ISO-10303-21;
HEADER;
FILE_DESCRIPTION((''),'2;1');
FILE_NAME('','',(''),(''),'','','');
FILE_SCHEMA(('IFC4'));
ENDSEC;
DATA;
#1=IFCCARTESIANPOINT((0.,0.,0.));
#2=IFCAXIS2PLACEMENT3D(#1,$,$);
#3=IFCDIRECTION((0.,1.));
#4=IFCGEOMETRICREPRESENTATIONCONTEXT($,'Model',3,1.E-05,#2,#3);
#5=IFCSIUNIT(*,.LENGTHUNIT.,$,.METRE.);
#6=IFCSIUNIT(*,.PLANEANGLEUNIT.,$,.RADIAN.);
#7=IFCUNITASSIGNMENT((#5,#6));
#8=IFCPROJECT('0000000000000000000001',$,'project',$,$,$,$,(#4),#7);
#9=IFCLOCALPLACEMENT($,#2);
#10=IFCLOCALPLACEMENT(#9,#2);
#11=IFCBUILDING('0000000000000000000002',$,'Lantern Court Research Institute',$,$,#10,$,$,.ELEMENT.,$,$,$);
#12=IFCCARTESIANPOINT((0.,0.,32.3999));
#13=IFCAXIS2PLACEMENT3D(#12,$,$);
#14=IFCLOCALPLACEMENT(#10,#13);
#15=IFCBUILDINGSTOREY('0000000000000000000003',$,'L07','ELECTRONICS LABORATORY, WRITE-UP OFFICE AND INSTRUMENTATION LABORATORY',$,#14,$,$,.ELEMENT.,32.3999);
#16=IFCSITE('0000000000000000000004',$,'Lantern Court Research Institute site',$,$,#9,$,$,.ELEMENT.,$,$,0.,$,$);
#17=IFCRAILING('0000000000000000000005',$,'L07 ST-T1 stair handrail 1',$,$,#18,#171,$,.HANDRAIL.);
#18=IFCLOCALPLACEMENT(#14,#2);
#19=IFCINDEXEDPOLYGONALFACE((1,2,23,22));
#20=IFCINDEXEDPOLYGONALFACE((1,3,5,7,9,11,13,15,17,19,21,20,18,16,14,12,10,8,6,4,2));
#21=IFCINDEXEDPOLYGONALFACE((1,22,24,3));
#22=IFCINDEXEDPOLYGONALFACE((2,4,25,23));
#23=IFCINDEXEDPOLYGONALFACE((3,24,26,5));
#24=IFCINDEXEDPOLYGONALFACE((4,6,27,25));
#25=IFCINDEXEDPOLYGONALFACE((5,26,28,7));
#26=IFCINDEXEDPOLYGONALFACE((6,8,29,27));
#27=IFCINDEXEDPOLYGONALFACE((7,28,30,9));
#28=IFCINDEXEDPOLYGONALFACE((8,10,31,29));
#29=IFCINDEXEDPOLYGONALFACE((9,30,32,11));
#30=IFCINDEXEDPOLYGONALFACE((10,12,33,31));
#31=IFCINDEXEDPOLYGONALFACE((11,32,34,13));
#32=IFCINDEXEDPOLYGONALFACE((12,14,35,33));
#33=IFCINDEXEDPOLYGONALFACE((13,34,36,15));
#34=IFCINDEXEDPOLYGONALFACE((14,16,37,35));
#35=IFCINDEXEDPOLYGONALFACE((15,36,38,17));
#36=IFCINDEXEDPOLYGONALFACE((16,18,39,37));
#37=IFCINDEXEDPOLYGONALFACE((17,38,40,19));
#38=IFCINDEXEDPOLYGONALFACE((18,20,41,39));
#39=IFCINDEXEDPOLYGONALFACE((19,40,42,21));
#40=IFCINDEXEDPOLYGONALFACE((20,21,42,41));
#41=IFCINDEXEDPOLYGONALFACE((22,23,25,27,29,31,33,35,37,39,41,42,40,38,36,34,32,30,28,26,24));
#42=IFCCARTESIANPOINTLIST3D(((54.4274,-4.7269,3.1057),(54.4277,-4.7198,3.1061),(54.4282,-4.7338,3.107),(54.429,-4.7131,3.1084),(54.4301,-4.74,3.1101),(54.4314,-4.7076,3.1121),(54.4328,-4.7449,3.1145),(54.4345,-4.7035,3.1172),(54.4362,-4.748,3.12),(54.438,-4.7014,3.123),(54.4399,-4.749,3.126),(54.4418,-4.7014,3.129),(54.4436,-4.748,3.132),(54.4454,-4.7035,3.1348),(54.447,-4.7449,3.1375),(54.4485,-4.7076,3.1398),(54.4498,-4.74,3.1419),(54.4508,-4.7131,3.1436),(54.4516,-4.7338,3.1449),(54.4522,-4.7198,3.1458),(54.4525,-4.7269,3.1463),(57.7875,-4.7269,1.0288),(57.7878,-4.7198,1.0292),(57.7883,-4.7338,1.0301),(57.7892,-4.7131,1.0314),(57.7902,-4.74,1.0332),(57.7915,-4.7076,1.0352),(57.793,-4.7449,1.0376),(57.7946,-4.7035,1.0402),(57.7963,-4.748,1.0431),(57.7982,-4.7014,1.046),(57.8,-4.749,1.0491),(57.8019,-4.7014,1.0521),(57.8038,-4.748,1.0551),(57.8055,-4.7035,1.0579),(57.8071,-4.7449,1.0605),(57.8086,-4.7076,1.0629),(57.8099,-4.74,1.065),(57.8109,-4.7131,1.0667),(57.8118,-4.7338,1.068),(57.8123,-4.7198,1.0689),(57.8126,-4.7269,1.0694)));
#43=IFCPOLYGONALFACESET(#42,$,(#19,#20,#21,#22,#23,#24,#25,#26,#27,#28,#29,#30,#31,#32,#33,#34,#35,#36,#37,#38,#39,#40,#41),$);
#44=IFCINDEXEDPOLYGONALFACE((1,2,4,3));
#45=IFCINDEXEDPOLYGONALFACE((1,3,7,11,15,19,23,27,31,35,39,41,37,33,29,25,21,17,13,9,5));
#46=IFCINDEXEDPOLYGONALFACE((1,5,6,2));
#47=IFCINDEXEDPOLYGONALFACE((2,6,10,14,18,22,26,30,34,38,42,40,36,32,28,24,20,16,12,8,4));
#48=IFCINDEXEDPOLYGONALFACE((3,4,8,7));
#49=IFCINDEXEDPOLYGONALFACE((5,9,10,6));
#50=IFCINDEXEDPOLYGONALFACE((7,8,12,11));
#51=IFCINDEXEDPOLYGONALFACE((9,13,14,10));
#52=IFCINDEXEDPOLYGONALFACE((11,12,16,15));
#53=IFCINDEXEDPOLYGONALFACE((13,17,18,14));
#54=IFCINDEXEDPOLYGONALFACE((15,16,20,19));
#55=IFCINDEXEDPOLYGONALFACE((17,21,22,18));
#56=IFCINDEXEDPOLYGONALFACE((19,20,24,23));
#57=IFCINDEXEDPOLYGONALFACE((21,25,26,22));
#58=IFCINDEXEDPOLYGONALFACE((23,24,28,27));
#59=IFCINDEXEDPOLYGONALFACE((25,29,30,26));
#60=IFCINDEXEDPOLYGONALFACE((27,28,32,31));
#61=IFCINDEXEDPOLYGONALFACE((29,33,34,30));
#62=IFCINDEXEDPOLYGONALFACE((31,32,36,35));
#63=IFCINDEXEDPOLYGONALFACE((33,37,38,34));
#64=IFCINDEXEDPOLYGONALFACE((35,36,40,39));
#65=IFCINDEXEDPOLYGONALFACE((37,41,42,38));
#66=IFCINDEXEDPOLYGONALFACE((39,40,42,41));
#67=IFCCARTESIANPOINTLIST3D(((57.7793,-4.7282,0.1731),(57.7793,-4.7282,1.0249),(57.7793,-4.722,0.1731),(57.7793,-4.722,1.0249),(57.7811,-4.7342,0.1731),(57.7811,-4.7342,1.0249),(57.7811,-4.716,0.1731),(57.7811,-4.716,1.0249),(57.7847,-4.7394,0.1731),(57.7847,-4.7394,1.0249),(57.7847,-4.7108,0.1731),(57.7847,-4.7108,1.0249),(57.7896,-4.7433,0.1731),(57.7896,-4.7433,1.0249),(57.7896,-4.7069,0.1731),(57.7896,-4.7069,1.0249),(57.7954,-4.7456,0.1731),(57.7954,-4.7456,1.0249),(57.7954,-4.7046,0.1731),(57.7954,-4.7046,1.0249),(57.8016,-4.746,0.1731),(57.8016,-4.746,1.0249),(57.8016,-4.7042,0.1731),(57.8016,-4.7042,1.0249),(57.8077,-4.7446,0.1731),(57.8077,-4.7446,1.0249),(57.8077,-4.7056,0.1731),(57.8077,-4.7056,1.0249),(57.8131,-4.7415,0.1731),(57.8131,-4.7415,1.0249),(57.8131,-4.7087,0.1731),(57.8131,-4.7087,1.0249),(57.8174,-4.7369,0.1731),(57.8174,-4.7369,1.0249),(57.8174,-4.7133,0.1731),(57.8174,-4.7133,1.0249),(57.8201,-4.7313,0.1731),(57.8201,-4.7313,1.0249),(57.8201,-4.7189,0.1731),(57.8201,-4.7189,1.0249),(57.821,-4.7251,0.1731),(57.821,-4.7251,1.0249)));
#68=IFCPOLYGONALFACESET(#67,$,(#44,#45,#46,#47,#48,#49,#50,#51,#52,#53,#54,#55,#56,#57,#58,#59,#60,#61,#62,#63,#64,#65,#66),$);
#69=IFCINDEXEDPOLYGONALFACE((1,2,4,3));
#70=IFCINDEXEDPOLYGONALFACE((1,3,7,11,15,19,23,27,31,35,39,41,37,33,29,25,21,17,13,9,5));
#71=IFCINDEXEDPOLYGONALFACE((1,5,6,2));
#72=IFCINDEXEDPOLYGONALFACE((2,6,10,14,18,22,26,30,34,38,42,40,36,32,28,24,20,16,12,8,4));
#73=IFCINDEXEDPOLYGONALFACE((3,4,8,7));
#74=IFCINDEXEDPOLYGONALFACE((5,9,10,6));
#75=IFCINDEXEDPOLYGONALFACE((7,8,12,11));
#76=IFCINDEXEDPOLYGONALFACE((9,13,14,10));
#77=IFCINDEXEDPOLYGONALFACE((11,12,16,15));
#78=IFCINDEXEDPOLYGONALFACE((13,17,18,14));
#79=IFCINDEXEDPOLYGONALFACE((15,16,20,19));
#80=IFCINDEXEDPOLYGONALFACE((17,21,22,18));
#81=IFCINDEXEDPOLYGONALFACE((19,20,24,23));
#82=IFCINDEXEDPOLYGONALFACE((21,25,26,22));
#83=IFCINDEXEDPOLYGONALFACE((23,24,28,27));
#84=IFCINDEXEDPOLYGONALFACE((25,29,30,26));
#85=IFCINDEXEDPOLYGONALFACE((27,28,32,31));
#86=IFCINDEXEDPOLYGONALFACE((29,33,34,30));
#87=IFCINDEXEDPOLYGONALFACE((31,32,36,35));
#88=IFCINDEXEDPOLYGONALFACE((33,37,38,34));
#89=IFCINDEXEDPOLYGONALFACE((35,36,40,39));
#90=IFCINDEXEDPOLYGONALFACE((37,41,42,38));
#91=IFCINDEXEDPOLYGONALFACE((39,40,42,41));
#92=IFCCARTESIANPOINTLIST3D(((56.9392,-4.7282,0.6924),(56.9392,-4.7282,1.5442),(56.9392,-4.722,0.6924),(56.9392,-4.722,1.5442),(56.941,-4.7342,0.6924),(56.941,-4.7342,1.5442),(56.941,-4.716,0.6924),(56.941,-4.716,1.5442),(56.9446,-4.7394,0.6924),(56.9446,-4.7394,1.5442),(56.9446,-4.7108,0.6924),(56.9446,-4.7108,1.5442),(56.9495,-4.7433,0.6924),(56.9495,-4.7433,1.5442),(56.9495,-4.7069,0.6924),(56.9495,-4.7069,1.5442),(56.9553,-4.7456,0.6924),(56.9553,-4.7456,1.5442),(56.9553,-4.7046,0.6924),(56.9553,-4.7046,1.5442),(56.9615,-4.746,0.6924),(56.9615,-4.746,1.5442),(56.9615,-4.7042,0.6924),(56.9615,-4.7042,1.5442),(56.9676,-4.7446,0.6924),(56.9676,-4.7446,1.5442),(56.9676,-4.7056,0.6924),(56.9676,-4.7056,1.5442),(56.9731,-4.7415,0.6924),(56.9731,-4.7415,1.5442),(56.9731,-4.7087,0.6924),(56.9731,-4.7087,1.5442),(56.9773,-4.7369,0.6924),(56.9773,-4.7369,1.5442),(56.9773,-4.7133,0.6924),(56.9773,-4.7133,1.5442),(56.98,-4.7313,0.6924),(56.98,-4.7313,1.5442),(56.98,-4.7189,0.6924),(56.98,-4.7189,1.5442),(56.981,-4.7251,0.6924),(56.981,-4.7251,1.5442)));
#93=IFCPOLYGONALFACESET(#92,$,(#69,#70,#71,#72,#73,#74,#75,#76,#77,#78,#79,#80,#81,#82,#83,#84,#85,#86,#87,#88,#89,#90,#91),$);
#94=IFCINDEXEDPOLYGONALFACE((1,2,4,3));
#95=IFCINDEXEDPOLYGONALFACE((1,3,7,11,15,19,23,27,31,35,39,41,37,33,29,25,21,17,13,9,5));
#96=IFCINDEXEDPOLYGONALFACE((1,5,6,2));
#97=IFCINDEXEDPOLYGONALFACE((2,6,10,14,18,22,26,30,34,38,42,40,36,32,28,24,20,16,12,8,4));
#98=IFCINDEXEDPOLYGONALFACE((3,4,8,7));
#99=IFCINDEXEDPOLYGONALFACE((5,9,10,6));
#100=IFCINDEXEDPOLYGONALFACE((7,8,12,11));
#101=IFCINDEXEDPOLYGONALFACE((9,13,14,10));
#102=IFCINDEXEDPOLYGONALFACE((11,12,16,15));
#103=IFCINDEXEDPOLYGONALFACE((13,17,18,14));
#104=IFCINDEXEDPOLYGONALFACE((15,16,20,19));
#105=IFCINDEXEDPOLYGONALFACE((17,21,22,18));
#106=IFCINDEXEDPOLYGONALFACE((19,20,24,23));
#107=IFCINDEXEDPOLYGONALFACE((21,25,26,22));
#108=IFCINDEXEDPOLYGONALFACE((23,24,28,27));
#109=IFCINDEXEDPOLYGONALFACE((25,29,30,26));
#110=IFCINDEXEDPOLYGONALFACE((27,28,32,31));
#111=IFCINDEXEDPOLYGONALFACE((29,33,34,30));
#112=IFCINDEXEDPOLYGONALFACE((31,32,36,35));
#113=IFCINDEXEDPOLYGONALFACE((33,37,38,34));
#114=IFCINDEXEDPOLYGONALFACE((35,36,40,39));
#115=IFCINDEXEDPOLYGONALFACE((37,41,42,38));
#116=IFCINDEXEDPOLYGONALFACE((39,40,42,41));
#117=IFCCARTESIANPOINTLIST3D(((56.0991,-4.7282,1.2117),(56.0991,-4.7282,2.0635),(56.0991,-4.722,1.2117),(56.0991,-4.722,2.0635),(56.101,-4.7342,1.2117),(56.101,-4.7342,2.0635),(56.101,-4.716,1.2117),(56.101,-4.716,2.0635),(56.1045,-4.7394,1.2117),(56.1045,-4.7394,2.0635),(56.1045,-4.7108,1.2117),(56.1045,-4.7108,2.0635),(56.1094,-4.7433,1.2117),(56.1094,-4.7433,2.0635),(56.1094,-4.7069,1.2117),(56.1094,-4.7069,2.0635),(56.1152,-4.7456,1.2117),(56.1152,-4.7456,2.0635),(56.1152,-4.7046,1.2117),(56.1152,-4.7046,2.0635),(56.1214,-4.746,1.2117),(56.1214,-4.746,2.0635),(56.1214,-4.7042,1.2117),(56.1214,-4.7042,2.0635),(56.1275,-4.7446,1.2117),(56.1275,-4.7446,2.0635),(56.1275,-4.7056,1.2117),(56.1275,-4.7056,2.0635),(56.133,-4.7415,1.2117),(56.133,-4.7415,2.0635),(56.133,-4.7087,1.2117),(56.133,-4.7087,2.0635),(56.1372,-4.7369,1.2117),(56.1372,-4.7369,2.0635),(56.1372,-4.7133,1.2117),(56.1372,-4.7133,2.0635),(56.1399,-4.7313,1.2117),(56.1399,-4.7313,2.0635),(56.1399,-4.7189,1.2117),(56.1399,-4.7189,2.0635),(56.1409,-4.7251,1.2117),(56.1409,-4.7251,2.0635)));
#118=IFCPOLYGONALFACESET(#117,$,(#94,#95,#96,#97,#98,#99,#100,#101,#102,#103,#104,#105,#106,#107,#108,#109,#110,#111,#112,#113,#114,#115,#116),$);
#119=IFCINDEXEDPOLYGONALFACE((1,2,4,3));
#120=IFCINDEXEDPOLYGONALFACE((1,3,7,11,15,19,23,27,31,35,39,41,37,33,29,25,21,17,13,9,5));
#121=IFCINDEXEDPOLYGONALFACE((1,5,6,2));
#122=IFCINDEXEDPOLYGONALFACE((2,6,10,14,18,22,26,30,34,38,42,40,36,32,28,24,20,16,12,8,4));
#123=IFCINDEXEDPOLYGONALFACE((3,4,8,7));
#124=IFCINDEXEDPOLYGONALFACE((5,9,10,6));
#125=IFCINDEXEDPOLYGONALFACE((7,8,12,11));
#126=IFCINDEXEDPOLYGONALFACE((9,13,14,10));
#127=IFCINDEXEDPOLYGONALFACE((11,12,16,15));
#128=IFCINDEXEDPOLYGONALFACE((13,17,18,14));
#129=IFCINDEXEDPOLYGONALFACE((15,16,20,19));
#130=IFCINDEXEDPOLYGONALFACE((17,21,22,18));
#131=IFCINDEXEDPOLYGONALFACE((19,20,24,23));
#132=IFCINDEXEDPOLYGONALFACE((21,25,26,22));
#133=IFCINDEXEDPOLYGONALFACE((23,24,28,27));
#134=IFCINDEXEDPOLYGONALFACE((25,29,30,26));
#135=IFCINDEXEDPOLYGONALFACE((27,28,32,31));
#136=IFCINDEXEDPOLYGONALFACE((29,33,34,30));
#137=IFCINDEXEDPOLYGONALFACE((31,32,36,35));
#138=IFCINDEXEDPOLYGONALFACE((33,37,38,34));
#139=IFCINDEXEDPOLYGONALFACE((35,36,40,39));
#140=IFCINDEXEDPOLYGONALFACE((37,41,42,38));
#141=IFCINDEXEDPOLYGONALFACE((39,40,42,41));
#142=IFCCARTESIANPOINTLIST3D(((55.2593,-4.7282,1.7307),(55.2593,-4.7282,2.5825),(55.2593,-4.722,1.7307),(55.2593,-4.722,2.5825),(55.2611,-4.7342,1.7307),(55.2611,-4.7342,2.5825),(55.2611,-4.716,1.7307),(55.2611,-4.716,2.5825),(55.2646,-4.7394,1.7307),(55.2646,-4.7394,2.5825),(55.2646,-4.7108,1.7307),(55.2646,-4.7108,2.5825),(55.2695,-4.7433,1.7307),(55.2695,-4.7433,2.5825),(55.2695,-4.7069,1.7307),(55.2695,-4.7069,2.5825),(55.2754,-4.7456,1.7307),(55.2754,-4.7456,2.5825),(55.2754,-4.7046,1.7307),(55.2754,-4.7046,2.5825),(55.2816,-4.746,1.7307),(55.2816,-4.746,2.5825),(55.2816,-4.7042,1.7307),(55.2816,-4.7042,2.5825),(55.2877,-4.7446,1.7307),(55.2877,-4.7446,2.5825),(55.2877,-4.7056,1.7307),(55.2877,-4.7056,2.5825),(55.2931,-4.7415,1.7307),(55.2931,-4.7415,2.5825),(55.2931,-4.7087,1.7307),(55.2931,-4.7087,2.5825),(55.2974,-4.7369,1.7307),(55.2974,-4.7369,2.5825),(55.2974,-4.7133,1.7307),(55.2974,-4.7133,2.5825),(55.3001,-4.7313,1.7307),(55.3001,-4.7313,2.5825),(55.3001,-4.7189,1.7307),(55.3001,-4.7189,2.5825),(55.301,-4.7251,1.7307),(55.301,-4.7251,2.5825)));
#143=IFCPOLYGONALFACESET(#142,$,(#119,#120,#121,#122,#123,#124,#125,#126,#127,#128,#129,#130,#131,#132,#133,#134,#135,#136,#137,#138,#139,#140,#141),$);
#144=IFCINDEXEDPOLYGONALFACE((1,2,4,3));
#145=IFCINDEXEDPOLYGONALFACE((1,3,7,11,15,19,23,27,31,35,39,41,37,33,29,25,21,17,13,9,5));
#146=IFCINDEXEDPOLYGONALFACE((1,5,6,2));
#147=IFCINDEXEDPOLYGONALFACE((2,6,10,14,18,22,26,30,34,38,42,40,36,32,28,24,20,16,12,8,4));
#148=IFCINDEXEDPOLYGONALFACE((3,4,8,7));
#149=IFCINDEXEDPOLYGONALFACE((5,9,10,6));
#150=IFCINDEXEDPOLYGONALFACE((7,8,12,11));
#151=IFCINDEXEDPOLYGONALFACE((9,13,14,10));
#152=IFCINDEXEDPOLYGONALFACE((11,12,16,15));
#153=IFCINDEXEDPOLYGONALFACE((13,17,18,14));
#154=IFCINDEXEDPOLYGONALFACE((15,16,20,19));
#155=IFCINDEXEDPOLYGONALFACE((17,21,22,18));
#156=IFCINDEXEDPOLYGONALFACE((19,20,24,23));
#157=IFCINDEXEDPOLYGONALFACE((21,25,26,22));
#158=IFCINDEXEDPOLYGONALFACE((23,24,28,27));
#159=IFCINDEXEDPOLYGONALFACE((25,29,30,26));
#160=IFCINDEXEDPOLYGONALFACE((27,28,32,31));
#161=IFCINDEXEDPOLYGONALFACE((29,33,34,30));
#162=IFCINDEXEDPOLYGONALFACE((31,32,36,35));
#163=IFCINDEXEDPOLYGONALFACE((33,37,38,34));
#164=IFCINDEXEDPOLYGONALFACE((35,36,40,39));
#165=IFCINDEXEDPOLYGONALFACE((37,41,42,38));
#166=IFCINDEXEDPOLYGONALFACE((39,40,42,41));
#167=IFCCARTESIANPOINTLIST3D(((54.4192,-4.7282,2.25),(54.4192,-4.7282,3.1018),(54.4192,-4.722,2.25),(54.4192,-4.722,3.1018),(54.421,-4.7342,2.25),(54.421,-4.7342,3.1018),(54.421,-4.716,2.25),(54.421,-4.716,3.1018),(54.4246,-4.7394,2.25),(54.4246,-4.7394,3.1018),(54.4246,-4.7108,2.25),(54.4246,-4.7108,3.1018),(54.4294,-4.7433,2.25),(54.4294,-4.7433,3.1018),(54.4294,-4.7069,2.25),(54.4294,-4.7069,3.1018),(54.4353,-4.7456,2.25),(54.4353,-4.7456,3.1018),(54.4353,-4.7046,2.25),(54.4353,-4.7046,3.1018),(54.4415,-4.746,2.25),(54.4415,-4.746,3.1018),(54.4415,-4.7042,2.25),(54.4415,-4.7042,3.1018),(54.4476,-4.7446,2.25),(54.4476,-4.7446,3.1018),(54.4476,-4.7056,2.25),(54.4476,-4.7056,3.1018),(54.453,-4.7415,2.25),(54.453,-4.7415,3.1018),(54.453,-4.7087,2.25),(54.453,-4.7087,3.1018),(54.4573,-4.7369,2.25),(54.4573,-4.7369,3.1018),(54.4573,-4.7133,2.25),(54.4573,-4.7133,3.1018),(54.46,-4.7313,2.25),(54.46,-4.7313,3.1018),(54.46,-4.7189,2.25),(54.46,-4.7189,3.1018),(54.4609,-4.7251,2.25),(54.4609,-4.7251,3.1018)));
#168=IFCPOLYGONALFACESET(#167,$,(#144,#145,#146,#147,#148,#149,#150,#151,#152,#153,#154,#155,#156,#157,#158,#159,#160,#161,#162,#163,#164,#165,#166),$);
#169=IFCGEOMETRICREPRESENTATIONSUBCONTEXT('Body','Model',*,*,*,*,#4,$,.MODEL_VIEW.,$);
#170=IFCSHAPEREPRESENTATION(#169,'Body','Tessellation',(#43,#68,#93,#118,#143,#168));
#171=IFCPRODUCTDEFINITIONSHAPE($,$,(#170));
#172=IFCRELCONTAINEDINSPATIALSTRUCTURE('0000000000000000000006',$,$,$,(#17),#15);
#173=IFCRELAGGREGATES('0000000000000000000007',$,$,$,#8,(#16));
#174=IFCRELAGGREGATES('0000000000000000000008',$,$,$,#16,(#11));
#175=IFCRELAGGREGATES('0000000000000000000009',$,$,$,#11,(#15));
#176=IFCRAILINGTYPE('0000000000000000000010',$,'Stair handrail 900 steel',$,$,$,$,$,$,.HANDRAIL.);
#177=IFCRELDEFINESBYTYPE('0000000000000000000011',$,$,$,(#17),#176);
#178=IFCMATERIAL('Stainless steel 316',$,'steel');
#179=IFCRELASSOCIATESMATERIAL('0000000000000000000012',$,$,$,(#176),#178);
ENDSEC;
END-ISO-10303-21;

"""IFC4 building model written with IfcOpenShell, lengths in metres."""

from ifc_helpers import new_model, si_unit, direction, frame, origin, origin_2d, place, context, subcontext, project, spatial, circle, extrude, material, type_object, element, save


model = new_model("IFC4")

# Units and contexts
model_context = context("Model", 3, precision=1e-05, world=origin(), true_north=direction((0.0, 1.0)))
body_context = subcontext(model_context, "Body", "Model", "MODEL_VIEW")
ifc_project = project(units=[si_unit("LENGTHUNIT", "METRE"), si_unit("PLANEANGLEUNIT", "RADIAN")], contexts=[model_context])

# Site, building, storey
site_placement = place(None, origin())
site = spatial("IfcSite", under=ifc_project, at=site_placement, Name="Lantern Court Research Institute site", CompositionType="ELEMENT", RefElevation=0.0)
building_placement = place(site_placement, origin())
building = spatial("IfcBuilding", under=site, at=building_placement, Name="Lantern Court Research Institute", CompositionType="ELEMENT")
storey_placement = place(building_placement, frame((0.0, 0.0, 32.3999)))
storey = spatial("IfcBuildingStorey", under=building, at=storey_placement, Name="L07", Description="ELECTRONICS LABORATORY, WRITE-UP OFFICE AND INSTRUMENTATION LABORATORY", CompositionType="ELEMENT", Elevation=32.3999)

# Railing
ifc_material_1 = material(Name="Stainless steel 316", Category="steel")
railing_type_1 = type_object("IfcRailingType", Name="Stair handrail 900 steel", PredefinedType="HANDRAIL", material=ifc_material_1)
railing_1_placement = place(storey_placement, frame((57.8, -4.7251, 0.1731)))
element("IfcRailing", 1, at=railing_1_placement, inside=storey, type_object=railing_type_1, Name="L07 ST-T1 stair handrail 1", PredefinedType="HANDRAIL", context=body_context, shape_type="SweptSolid", body=[
    extrude(circle(Radius=0.0239, at=origin_2d()), frame((0.0, 0.0, 0.876), z_axis=(-0.850623, 0.0, 0.525776), x_axis=(0.0, -1.0, 0.0)), (0.0, 0.0, 1.0), 3.9502),
    extrude(circle(Radius=0.021, at=origin_2d()), origin(), (0.0, 0.0, 1.0), 0.8518),
    extrude(circle(Radius=0.021, at=origin_2d()), frame((-0.8401, 0.0, 0.5193)), (0.0, 0.0, 1.0), 0.8518),
    extrude(circle(Radius=0.021, at=origin_2d()), frame((-1.6802, 0.0, 1.0386)), (0.0, 0.0, 1.0), 0.8518),
    extrude(circle(Radius=0.021, at=origin_2d()), frame((-2.52, 0.0, 1.5576)), (0.0, 0.0, 1.0), 0.8518),
    extrude(circle(Radius=0.021, at=origin_2d()), frame((-3.3601, 0.0, 2.0769)), (0.0, 0.0, 1.0), 0.8518),
])

save(model, "model.ifc")
